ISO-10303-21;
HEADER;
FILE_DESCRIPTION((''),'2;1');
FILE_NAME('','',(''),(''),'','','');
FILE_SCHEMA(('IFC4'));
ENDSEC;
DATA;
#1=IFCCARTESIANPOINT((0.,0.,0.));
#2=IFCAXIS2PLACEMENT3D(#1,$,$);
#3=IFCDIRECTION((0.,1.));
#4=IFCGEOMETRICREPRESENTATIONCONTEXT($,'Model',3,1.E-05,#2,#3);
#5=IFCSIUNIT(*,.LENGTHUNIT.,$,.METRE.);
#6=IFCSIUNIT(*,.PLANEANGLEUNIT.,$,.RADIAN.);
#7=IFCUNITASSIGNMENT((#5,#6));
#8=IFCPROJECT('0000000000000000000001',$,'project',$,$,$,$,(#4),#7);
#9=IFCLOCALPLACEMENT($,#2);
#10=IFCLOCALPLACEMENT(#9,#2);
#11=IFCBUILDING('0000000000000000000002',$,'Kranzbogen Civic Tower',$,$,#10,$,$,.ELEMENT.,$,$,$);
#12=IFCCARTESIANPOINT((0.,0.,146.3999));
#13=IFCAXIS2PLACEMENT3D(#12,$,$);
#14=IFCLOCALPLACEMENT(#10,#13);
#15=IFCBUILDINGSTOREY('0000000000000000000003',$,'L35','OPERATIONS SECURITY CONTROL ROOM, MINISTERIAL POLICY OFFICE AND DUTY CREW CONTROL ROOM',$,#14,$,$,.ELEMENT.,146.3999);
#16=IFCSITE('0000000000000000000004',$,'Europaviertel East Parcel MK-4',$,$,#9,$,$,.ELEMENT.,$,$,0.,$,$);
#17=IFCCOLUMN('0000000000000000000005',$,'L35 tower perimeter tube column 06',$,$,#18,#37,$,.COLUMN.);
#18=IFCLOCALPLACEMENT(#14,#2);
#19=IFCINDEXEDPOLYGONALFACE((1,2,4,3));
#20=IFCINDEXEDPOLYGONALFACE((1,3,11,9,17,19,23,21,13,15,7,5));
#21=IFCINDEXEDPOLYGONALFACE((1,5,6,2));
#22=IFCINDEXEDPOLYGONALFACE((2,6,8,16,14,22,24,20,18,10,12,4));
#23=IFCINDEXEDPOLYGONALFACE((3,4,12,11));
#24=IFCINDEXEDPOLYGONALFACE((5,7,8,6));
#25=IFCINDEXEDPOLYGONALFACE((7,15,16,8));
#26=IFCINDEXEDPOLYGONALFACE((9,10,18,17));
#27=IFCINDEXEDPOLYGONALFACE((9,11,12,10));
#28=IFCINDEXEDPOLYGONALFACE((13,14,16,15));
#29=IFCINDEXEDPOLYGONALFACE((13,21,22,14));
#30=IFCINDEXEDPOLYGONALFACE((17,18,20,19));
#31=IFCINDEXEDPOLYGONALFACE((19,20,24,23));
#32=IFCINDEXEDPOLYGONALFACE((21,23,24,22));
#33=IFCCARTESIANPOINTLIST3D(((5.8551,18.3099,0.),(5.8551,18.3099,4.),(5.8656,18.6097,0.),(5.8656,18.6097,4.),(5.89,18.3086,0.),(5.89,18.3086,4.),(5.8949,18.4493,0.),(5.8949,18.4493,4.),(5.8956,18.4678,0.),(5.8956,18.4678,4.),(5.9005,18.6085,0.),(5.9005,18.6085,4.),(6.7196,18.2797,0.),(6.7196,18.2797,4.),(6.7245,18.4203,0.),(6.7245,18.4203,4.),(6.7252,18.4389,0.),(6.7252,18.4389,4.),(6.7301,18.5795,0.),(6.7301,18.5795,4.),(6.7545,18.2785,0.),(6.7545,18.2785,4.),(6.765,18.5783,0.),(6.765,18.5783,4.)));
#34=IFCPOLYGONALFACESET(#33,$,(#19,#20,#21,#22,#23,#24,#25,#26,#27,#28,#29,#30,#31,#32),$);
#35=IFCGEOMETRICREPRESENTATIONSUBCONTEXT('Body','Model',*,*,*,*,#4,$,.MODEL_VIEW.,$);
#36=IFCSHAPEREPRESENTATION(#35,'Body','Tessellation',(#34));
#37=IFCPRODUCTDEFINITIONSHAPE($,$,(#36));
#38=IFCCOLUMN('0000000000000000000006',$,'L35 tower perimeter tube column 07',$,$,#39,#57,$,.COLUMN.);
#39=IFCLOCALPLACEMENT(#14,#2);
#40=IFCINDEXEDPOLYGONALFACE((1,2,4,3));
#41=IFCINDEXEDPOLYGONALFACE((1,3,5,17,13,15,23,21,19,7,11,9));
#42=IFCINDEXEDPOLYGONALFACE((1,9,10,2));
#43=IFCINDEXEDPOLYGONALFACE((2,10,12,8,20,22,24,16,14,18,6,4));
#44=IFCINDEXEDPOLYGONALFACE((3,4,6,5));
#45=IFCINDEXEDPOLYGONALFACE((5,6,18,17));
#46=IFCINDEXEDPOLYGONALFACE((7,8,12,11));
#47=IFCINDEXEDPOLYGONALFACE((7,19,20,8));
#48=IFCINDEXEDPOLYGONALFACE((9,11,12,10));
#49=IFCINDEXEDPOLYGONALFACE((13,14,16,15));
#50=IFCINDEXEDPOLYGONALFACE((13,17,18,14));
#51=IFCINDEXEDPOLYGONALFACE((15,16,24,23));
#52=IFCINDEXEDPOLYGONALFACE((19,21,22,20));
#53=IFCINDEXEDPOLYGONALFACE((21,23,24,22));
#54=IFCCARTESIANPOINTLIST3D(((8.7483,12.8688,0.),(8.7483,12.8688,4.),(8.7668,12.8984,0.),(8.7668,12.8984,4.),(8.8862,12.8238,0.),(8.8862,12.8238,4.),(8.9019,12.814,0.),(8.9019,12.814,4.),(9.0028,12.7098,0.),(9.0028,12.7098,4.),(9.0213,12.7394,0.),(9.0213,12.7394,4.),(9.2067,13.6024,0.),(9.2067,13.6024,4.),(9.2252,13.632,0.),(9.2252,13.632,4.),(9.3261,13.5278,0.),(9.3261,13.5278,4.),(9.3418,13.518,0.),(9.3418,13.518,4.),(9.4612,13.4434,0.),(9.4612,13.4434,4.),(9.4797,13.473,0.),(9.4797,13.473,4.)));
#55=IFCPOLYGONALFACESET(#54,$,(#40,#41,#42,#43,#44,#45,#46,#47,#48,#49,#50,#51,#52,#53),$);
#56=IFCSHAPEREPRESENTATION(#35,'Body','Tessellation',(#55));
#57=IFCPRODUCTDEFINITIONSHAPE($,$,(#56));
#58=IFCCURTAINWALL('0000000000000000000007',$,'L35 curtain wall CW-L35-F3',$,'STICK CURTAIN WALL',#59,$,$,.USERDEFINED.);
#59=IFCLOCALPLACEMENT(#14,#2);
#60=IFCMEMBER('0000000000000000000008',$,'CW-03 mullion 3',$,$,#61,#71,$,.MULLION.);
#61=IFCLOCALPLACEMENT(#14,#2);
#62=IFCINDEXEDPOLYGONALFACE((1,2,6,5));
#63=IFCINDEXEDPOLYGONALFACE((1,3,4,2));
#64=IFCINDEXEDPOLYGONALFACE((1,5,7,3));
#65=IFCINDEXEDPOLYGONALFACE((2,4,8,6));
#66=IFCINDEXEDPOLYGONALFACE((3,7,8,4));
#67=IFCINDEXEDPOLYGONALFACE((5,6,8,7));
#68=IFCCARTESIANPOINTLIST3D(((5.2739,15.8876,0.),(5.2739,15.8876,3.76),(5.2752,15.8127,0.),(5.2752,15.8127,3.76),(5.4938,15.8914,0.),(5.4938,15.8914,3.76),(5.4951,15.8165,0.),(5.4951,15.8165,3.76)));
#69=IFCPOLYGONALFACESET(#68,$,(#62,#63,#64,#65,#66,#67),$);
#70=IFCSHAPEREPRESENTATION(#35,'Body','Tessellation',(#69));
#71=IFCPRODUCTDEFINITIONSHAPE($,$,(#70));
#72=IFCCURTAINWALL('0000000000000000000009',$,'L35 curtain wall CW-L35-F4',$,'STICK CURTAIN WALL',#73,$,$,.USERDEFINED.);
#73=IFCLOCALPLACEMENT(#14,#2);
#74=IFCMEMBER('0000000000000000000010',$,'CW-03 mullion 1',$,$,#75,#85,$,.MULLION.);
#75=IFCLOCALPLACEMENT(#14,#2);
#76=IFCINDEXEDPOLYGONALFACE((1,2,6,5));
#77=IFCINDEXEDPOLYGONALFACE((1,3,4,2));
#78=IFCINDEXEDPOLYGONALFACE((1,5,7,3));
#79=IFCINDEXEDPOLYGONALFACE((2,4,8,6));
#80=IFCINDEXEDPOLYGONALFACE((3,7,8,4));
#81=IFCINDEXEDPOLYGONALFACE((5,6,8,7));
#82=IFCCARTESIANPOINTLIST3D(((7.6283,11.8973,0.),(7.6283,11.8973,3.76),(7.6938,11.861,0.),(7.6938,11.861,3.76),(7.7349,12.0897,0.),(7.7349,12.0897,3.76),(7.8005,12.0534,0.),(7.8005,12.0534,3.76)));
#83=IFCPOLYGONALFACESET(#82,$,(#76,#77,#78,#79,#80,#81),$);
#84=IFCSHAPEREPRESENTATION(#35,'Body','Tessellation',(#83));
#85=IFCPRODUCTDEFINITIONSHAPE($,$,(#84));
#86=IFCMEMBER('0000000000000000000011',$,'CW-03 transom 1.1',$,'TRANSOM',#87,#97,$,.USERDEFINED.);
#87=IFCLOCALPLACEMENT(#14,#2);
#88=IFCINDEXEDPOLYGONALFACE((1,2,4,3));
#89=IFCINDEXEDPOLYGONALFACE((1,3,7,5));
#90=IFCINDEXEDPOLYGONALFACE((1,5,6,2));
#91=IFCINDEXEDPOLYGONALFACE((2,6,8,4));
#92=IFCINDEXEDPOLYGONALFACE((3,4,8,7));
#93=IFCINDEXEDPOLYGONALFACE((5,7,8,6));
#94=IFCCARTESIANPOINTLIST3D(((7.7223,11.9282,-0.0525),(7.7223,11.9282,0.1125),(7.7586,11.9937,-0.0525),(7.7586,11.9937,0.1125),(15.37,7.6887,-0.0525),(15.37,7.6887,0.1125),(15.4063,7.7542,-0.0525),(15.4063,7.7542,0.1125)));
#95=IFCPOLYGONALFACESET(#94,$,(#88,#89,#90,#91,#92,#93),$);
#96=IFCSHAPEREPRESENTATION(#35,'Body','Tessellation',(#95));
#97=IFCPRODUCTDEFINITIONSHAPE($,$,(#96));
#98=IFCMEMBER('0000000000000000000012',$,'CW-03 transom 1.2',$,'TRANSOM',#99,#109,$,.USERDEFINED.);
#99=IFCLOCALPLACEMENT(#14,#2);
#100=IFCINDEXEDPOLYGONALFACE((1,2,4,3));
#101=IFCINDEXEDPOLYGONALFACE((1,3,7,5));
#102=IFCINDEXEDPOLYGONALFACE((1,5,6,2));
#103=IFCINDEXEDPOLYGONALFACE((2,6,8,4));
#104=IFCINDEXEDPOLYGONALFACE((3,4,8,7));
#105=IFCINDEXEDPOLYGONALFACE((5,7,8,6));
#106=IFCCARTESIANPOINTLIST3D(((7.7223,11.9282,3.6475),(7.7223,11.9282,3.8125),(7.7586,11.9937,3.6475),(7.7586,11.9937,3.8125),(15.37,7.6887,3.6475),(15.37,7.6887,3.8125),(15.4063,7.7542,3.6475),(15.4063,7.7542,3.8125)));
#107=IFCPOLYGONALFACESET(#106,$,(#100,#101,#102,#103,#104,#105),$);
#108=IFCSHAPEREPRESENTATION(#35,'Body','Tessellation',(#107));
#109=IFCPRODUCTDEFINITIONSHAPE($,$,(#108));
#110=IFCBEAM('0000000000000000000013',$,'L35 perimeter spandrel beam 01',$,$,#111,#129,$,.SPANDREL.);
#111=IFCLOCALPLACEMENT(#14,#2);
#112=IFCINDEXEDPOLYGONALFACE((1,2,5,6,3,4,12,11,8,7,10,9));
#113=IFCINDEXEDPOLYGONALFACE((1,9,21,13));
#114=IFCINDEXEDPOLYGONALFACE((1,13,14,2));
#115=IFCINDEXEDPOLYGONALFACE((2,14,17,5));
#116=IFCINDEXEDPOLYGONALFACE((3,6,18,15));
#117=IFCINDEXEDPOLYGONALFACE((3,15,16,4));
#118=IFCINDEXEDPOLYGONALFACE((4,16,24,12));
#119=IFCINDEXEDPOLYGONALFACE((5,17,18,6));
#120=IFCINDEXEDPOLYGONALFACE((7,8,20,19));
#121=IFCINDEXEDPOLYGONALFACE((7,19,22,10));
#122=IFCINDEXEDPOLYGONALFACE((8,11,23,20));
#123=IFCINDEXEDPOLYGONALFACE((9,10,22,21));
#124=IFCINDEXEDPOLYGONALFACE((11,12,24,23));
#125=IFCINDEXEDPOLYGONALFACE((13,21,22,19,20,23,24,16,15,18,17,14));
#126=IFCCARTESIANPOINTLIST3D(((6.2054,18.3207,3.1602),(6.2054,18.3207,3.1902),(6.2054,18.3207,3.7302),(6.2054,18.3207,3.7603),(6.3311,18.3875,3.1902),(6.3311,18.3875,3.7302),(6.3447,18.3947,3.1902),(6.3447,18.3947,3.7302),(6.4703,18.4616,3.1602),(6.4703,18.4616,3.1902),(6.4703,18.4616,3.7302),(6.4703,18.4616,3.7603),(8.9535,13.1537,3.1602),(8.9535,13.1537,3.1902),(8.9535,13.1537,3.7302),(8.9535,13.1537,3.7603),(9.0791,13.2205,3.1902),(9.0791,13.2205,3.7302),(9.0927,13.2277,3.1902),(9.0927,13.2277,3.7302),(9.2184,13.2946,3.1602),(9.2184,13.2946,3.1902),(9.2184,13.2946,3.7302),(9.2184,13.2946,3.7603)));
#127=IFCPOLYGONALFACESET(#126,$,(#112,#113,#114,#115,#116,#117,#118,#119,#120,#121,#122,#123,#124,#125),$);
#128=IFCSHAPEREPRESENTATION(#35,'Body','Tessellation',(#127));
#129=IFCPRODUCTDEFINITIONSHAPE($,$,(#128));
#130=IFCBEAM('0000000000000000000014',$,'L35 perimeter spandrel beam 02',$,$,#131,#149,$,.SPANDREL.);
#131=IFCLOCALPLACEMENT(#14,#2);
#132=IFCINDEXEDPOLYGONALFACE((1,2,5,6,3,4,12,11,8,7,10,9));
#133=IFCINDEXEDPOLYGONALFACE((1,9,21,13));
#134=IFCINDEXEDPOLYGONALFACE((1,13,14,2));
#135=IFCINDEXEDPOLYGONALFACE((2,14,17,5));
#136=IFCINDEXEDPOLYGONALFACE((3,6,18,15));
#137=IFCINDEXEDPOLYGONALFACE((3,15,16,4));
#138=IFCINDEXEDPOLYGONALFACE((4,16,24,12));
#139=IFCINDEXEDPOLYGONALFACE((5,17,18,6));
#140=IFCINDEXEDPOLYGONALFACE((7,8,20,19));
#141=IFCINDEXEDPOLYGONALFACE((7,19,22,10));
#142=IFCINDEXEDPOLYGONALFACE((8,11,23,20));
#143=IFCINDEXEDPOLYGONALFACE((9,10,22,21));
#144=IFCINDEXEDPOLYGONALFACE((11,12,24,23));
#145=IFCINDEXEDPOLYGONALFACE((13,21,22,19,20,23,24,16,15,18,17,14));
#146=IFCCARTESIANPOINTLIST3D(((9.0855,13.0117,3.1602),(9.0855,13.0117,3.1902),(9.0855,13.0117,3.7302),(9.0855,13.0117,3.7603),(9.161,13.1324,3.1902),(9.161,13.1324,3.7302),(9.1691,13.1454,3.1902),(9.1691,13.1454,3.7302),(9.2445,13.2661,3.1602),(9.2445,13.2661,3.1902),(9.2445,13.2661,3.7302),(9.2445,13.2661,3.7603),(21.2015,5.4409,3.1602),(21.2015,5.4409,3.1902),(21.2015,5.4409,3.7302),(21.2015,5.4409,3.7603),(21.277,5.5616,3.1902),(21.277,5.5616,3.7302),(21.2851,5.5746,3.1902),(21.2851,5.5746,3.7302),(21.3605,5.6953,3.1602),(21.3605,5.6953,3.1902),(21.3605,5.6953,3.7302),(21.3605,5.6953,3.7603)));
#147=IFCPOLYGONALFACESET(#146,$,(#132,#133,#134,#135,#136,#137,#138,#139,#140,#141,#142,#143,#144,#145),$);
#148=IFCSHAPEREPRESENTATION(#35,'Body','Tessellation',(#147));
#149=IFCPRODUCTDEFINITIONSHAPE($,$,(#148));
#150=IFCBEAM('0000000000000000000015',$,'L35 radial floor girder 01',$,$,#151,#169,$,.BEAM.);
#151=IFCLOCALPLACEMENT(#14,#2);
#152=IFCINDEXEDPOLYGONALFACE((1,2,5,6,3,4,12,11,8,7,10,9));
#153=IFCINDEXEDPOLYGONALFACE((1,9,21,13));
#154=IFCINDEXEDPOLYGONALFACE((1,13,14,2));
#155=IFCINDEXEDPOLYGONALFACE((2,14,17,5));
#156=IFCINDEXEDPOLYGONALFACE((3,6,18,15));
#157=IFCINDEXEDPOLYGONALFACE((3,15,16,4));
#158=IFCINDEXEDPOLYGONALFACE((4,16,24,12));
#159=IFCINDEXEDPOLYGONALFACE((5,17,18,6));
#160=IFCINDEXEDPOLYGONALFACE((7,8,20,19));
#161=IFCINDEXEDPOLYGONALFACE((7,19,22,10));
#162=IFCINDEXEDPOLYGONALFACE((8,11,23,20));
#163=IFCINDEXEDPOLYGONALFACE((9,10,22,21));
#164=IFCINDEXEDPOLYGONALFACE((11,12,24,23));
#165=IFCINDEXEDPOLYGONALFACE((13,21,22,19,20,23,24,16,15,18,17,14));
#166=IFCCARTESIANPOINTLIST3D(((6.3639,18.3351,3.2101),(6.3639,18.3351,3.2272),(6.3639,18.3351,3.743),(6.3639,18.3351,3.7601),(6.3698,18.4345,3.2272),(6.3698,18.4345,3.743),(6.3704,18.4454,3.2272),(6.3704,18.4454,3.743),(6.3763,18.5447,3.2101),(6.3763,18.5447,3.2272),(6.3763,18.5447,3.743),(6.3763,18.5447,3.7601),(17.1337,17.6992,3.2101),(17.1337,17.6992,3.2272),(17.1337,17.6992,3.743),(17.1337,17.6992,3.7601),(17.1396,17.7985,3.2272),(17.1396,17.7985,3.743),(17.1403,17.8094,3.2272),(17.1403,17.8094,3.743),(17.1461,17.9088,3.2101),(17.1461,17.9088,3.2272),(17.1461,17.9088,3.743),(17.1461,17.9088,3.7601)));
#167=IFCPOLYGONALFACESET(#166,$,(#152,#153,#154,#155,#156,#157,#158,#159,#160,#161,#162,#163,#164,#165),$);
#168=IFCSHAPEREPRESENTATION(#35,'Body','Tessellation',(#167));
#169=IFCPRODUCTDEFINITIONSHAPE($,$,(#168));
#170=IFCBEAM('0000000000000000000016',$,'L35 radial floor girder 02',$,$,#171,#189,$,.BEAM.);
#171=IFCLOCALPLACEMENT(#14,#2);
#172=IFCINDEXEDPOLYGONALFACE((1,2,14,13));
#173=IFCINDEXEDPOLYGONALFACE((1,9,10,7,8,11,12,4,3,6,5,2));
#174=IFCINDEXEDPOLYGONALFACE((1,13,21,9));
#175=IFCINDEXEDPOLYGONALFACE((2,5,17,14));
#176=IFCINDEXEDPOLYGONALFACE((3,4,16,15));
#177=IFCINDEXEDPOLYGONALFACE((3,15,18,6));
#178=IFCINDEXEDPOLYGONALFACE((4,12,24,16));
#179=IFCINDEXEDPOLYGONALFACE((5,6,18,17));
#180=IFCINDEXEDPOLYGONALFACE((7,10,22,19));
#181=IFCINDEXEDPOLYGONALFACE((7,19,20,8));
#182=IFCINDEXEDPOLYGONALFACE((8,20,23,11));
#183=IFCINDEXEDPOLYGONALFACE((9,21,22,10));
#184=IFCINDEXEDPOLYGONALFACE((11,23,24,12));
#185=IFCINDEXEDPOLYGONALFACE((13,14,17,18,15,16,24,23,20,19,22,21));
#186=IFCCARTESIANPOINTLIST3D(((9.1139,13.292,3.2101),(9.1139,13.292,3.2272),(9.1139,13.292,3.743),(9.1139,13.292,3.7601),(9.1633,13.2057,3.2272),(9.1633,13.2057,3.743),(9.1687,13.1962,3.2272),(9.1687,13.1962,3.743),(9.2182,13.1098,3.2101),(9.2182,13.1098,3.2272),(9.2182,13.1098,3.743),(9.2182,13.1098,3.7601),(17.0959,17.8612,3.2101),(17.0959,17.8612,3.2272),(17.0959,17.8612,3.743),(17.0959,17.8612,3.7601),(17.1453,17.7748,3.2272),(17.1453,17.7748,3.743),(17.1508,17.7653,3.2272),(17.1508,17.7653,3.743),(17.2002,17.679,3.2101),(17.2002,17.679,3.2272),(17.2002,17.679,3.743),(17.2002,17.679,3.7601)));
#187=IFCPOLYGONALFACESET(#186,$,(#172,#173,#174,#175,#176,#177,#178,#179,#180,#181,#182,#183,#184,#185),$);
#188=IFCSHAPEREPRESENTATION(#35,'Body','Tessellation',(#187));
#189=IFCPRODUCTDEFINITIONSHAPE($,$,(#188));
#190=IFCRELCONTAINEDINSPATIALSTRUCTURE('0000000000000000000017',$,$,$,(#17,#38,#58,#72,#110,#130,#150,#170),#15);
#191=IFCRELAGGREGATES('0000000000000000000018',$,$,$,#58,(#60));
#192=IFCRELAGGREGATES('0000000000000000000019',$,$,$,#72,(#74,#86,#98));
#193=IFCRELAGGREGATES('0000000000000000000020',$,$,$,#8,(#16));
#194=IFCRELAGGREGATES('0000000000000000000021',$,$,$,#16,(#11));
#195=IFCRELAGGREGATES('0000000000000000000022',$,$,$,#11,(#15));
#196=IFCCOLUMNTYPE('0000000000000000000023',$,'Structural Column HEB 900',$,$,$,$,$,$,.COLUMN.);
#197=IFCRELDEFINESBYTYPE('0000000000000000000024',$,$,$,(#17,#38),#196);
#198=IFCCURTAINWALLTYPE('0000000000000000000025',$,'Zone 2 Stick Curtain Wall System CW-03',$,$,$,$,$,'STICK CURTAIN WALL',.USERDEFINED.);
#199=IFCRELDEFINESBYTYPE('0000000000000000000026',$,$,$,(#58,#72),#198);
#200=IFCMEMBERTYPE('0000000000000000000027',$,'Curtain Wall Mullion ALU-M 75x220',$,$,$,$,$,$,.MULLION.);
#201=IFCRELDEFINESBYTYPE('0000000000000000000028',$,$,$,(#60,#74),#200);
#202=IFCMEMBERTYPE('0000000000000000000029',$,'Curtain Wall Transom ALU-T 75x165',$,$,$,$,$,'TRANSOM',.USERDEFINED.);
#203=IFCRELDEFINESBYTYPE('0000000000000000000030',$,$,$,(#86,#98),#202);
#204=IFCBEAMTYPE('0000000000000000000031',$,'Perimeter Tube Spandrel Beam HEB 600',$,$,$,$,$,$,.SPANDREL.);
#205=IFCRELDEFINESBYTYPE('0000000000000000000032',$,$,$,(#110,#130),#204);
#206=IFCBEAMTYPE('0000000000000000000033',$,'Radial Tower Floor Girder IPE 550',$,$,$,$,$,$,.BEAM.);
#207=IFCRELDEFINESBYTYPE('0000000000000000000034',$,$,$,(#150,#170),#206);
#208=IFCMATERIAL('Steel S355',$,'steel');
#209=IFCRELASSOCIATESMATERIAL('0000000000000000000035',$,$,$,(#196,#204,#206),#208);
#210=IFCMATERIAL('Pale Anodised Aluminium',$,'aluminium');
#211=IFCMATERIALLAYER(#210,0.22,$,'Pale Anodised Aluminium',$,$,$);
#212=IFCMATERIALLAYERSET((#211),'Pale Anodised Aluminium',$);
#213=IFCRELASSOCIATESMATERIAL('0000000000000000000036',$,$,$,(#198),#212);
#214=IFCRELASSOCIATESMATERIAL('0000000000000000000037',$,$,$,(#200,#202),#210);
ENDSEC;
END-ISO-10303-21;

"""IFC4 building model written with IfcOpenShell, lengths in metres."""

from ifc_helpers import new_model, si_unit, direction, frame, origin, origin_2d, place, context, subcontext, project, spatial, rectangle, i_section, extrude, material, layer, layer_set, material_profile, profile_set, type_object, element, aggregate, save


model = new_model("IFC4")

# Units and contexts
model_context = context("Model", 3, precision=1e-05, world=origin(), true_north=direction((0.0, 1.0)))
body_context = subcontext(model_context, "Body", "Model", "MODEL_VIEW")
ifc_project = project(units=[si_unit("LENGTHUNIT", "METRE"), si_unit("PLANEANGLEUNIT", "RADIAN")], contexts=[model_context])

# Site, building, storey
site_placement = place(None, origin())
site = spatial("IfcSite", under=ifc_project, at=site_placement, Name="Europaviertel East Parcel MK-4", CompositionType="ELEMENT", RefElevation=0.0)
building_placement = place(site_placement, origin())
building = spatial("IfcBuilding", under=site, at=building_placement, Name="Kranzbogen Civic Tower", CompositionType="ELEMENT")
storey_placement = place(building_placement, frame((0.0, 0.0, 146.3999)))
storey = spatial("IfcBuildingStorey", under=building, at=storey_placement, Name="L35", Description="OPERATIONS SECURITY CONTROL ROOM, MINISTERIAL POLICY OFFICE AND DUTY CREW CONTROL ROOM", CompositionType="ELEMENT", Elevation=146.3999)

# Columns
ifc_material_1 = material(Name="Steel S355", Category="steel")
ifc_material_profile_1 = material_profile(ifc_material_1, i_section(OverallWidth=0.3, OverallDepth=0.8999, WebThickness=0.0186, FlangeThickness=0.0349, at=origin_2d()), Name="HEB 900")
ifc_profile_set_1 = profile_set([ifc_material_profile_1], Name="Steel S355")
column_type = type_object("IfcColumnType", Name="Structural Column HEB 900", PredefinedType="COLUMN", material=ifc_profile_set_1)
for number, where, z_axis, x_axis, name in (
    (1, (6.3101, 18.4441, 0.0), (0.0, 0.0, 1.0), (0.034899, 0.999391, 0.0), "L35 tower perimeter tube column 06"),
    (2, (9.114, 13.1709, 0.0), (0.0, 0.0, 1.0), (-0.848048, 0.529919, 0.0), "L35 tower perimeter tube column 07"),
):
    element("IfcColumn", number, at=place(storey_placement, frame(where, z_axis=z_axis, x_axis=x_axis)), inside=storey, type_object=column_type, Name=name, PredefinedType="COLUMN", context=body_context, shape_type="SweptSolid", body=[
        extrude(i_section(OverallWidth=0.3, OverallDepth=0.8999, WebThickness=0.0186, FlangeThickness=0.0349, at=origin_2d()), origin(), (0.0, 0.0, 1.0), 4.0),
    ])

# Curtain wall, member
ifc_material_2 = material(Name="Pale Anodised Aluminium", Category="aluminium")
ifc_layer_1 = layer(ifc_material_2, 0.22, Name="Pale Anodised Aluminium")
ifc_layer_set_1 = layer_set([ifc_layer_1], Name="Pale Anodised Aluminium")
curtain_wall_type = type_object("IfcCurtainWallType", Name="Zone 2 Stick Curtain Wall System CW-03", ElementType="STICK CURTAIN WALL", PredefinedType="USERDEFINED", material=ifc_layer_set_1)
curtain_wall_1_placement = place(storey_placement, origin())
curtain_wall_1 = element("IfcCurtainWall", 3, at=curtain_wall_1_placement, inside=storey, type_object=curtain_wall_type, Name="L35 curtain wall CW-L35-F3", ObjectType="STICK CURTAIN WALL", PredefinedType="USERDEFINED")
ifc_material_profile_2 = material_profile(ifc_material_2, rectangle(XDim=0.075, YDim=0.22, at=origin_2d()), Name="ALU-M 75x220")
ifc_profile_set_2 = profile_set([ifc_material_profile_2], Name="Pale Anodised Aluminium")
member_type_1 = type_object("IfcMemberType", Name="Curtain Wall Mullion ALU-M 75x220", PredefinedType="MULLION", material=ifc_profile_set_2)
member_1_placement = place(storey_placement, frame((5.3845, 15.8521, 0.0), z_axis=(0.0, 0.0, 1.0), x_axis=(0.017432, -0.999848, 0.0)))
member_1 = element("IfcMember", 4, at=member_1_placement, type_object=member_type_1, Name="CW-03 mullion 3", PredefinedType="MULLION", context=body_context, shape_type="SweptSolid", body=[
    extrude(rectangle(XDim=0.075, YDim=0.22, at=origin_2d()), origin(), (0.0, 0.0, 1.0), 3.76),
])

# Curtain wall, members
curtain_wall_2_placement = place(storey_placement, origin())
curtain_wall_2 = element("IfcCurtainWall", 5, at=curtain_wall_2_placement, inside=storey, type_object=curtain_wall_type, Name="L35 curtain wall CW-L35-F4", ObjectType="STICK CURTAIN WALL", PredefinedType="USERDEFINED")
member_2_placement = place(storey_placement, frame((7.7144, 11.9753, 0.0), z_axis=(0.0, 0.0, 1.0), x_axis=(0.874613, -0.484821, 0.0)))
member_2 = element("IfcMember", 6, at=member_2_placement, type_object=member_type_1, Name="CW-03 mullion 1", PredefinedType="MULLION", context=body_context, shape_type="SweptSolid", body=[
    extrude(rectangle(XDim=0.075, YDim=0.22, at=origin_2d()), origin(), (0.0, 0.0, 1.0), 3.76),
])
ifc_material_profile_3 = material_profile(ifc_material_2, rectangle(XDim=0.075, YDim=0.165, at=origin_2d()), Name="ALU-T 75x165")
ifc_profile_set_3 = profile_set([ifc_material_profile_3], Name="Pale Anodised Aluminium")
member_type_2 = type_object("IfcMemberType", Name="Curtain Wall Transom ALU-T 75x165", ElementType="TRANSOM", PredefinedType="USERDEFINED", material=ifc_profile_set_3)
member_3_placement = place(storey_placement, frame((7.7405, 11.9609, 0.03), z_axis=(0.874605, -0.484837, 0.0), x_axis=(0.484837, 0.874605, 0.0)))
member_3 = element("IfcMember", 7, at=member_3_placement, type_object=member_type_2, Name="CW-03 transom 1.1", ObjectType="TRANSOM", PredefinedType="USERDEFINED", context=body_context, shape_type="SweptSolid", body=[
    extrude(rectangle(XDim=0.075, YDim=0.165, at=origin_2d()), origin(), (0.0, 0.0, 1.0), 8.7441),
])
member_4_placement = place(storey_placement, frame((7.7405, 11.9609, 3.73), z_axis=(0.874605, -0.484837, 0.0), x_axis=(0.484837, 0.874605, 0.0)))
member_4 = element("IfcMember", 8, at=member_4_placement, type_object=member_type_2, Name="CW-03 transom 1.2", ObjectType="TRANSOM", PredefinedType="USERDEFINED", context=body_context, shape_type="SweptSolid", body=[
    extrude(rectangle(XDim=0.075, YDim=0.165, at=origin_2d()), origin(), (0.0, 0.0, 1.0), 8.7441),
])

# Beams
ifc_material_profile_4 = material_profile(ifc_material_1, i_section(OverallWidth=0.3, OverallDepth=0.6001, WebThickness=0.0154, FlangeThickness=0.03, at=origin_2d()), Name="HEB 600")
ifc_profile_set_4 = profile_set([ifc_material_profile_4], Name="Steel S355")
beam_type_1 = type_object("IfcBeamType", Name="Perimeter Tube Spandrel Beam HEB 600", PredefinedType="SPANDREL", material=ifc_profile_set_4)
beam_1_placement = place(storey_placement, frame((6.3379, 18.3911, 3.4602), z_axis=(0.469566, -0.882897, 0.0), x_axis=(0.882897, 0.469566, 0.0)))
element("IfcBeam", 9, at=beam_1_placement, inside=storey, type_object=beam_type_1, Name="L35 perimeter spandrel beam 01", PredefinedType="SPANDREL", context=body_context, shape_type="SweptSolid", body=[
    extrude(i_section(OverallWidth=0.3, OverallDepth=0.6001, WebThickness=0.0154, FlangeThickness=0.03, at=origin_2d()), origin(), (0.0, 0.0, 1.0), 5.8523),
])
beam_2_placement = place(storey_placement, frame((9.165, 13.1389, 3.4602), z_axis=(0.848051, -0.529914, 0.0), x_axis=(0.529914, 0.848051, 0.0)))
element("IfcBeam", 10, at=beam_2_placement, inside=storey, type_object=beam_type_1, Name="L35 perimeter spandrel beam 02", PredefinedType="SPANDREL", context=body_context, shape_type="SweptSolid", body=[
    extrude(i_section(OverallWidth=0.3, OverallDepth=0.6001, WebThickness=0.0154, FlangeThickness=0.03, at=origin_2d()), origin(), (0.0, 0.0, 1.0), 14.2869),
])
ifc_material_profile_5 = material_profile(ifc_material_1, i_section(OverallWidth=0.21, OverallDepth=0.55, WebThickness=0.011, FlangeThickness=0.0171, at=origin_2d()), Name="IPE 550")
ifc_profile_set_5 = profile_set([ifc_material_profile_5], Name="Steel S355")
beam_type_2 = type_object("IfcBeamType", Name="Radial Tower Floor Girder IPE 550", PredefinedType="BEAM", material=ifc_profile_set_5)
beam_3_placement = place(storey_placement, frame((6.3701, 18.4399, 3.4851), z_axis=(0.998261, -0.05895, 0.0), x_axis=(0.05895, 0.998261, 0.0)))
element("IfcBeam", 11, at=beam_3_placement, inside=storey, type_object=beam_type_2, Name="L35 radial floor girder 01", PredefinedType="BEAM", context=body_context, shape_type="SweptSolid", body=[
    extrude(i_section(OverallWidth=0.21, OverallDepth=0.55, WebThickness=0.011, FlangeThickness=0.0171, at=origin_2d()), origin(), (0.0, 0.0, 1.0), 10.7886),
])
beam_4_placement = place(storey_placement, frame((9.166, 13.2009, 3.4851), z_axis=(0.867869, 0.496793, 0.0), x_axis=(-0.496793, 0.867869, 0.0)))
element("IfcBeam", 12, at=beam_4_placement, inside=storey, type_object=beam_type_2, Name="L35 radial floor girder 02", PredefinedType="BEAM", context=body_context, shape_type="SweptSolid", body=[
    extrude(i_section(OverallWidth=0.21, OverallDepth=0.55, WebThickness=0.011, FlangeThickness=0.0171, at=origin_2d()), origin(), (0.0, 0.0, 1.0), 9.1973),
])

aggregate(curtain_wall_1, [member_1])
aggregate(curtain_wall_2, [member_2, member_3, member_4])

save(model, "model.ifc")
